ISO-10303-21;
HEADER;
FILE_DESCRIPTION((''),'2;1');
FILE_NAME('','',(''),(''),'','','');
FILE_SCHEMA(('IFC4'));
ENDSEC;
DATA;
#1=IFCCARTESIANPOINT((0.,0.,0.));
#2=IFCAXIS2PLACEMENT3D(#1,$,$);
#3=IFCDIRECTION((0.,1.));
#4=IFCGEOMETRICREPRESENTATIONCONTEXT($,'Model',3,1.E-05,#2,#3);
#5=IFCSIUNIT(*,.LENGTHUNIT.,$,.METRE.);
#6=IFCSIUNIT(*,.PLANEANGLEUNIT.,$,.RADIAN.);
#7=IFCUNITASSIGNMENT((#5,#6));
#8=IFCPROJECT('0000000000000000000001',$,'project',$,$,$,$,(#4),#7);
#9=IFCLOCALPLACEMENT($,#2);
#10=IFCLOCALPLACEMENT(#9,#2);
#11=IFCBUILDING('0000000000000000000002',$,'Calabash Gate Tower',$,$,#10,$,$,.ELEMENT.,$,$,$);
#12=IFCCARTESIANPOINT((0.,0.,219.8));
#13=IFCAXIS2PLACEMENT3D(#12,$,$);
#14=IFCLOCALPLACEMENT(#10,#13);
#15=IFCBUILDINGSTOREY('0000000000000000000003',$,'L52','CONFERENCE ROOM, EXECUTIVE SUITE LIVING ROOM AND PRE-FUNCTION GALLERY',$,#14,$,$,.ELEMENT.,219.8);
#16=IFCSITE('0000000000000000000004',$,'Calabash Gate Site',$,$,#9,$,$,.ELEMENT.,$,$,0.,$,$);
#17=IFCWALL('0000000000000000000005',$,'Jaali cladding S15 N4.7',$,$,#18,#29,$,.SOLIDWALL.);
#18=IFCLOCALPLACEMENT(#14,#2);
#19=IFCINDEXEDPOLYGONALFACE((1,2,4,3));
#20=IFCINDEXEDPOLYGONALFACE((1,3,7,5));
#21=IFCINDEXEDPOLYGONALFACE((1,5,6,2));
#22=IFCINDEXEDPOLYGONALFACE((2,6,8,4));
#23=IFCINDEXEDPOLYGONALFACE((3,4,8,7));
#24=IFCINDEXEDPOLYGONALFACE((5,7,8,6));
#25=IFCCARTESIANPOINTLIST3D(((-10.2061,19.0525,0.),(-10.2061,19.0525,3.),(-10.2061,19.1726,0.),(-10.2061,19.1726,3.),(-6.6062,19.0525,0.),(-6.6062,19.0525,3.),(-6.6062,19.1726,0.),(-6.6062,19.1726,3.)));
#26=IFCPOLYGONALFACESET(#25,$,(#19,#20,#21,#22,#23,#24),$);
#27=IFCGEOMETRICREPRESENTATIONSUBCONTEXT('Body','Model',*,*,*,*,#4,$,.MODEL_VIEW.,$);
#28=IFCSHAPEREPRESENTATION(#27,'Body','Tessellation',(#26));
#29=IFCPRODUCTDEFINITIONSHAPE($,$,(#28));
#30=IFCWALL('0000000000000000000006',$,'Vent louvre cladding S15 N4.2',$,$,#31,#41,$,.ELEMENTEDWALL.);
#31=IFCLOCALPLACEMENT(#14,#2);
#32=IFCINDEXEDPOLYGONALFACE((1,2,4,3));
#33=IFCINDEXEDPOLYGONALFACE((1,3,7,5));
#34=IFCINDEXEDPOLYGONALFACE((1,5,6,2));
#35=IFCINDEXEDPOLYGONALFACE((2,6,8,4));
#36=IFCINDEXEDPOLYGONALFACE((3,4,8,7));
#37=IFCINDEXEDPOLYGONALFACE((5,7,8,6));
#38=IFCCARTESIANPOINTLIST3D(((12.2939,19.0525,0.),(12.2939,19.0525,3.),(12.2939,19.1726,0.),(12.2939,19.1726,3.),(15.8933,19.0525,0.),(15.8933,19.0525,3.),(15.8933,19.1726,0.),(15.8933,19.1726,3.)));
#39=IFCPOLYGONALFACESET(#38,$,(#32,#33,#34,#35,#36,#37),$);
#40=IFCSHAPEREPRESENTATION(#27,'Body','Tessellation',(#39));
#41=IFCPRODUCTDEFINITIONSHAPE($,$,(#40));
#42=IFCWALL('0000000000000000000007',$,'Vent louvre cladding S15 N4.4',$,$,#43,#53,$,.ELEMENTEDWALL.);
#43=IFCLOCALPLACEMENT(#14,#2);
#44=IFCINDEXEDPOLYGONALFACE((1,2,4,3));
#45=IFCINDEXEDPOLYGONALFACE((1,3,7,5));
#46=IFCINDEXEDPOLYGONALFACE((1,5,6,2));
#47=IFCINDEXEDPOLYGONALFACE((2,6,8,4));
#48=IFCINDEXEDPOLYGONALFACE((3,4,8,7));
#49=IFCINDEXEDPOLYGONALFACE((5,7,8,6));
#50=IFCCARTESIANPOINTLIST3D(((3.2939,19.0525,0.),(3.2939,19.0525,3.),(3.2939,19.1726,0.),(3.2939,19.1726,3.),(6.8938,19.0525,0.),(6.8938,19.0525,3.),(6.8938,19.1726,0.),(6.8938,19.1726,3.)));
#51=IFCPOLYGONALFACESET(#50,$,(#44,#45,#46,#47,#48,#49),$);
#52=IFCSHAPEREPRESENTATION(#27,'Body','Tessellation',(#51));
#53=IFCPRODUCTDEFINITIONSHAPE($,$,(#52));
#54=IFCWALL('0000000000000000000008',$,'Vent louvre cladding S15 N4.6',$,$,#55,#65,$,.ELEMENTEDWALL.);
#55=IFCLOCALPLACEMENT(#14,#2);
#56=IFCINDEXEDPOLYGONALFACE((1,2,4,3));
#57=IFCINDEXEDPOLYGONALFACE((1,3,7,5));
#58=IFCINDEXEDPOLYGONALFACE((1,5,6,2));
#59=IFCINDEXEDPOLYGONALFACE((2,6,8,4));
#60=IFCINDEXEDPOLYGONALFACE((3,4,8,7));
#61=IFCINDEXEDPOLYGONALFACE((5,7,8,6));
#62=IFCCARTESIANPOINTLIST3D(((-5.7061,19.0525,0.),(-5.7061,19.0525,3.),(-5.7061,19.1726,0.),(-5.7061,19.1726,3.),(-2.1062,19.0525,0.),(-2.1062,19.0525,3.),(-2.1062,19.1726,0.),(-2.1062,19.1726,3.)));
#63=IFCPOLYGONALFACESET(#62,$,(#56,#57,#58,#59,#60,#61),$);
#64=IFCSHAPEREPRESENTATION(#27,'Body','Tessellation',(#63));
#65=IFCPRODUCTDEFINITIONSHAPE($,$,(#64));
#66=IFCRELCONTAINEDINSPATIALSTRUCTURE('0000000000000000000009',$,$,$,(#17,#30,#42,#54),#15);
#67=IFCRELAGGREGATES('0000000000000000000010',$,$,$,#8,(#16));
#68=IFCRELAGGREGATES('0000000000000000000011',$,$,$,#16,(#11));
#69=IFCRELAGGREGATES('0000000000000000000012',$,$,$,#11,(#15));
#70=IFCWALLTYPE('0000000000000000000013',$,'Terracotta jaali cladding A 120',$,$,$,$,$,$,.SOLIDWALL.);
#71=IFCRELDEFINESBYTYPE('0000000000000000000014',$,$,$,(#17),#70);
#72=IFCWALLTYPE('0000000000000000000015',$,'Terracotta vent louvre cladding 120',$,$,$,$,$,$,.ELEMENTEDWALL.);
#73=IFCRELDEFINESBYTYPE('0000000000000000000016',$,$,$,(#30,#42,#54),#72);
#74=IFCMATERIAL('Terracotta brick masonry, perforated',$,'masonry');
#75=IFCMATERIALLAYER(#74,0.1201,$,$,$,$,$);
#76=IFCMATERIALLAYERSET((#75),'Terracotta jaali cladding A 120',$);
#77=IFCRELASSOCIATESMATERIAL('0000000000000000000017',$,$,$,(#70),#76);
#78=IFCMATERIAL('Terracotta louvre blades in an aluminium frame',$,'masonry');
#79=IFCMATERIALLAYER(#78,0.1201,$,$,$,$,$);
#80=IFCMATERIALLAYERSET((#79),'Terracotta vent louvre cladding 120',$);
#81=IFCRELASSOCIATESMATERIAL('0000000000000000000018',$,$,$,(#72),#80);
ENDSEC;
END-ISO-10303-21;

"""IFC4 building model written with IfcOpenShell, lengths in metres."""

from ifc_helpers import new_model, si_unit, direction, frame, origin, place, context, subcontext, project, spatial, polyline, outline, extrude, material, layer, layer_set, type_object, element, save


model = new_model("IFC4")

# Units and contexts
model_context = context("Model", 3, precision=1e-05, world=origin(), true_north=direction((0.0, 1.0)))
body_context = subcontext(model_context, "Body", "Model", "MODEL_VIEW")
ifc_project = project(units=[si_unit("LENGTHUNIT", "METRE"), si_unit("PLANEANGLEUNIT", "RADIAN")], contexts=[model_context])

# Site, building, storey
site_placement = place(None, origin())
site = spatial("IfcSite", under=ifc_project, at=site_placement, Name="Calabash Gate Site", CompositionType="ELEMENT", RefElevation=0.0)
building_placement = place(site_placement, origin())
building = spatial("IfcBuilding", under=site, at=building_placement, Name="Calabash Gate Tower", CompositionType="ELEMENT")
storey_placement = place(building_placement, frame((0.0, 0.0, 219.8)))
storey = spatial("IfcBuildingStorey", under=building, at=storey_placement, Name="L52", Description="CONFERENCE ROOM, EXECUTIVE SUITE LIVING ROOM AND PRE-FUNCTION GALLERY", CompositionType="ELEMENT", Elevation=219.8)

# Walls
ifc_material_1 = material(Name="Terracotta brick masonry, perforated", Category="masonry")
ifc_layer_1 = layer(ifc_material_1, 0.1201)
ifc_layer_set_1 = layer_set([ifc_layer_1], Name="Terracotta jaali cladding A 120")
wall_type_1 = type_object("IfcWallType", Name="Terracotta jaali cladding A 120", PredefinedType="SOLIDWALL", material=ifc_layer_set_1)
wall_1_placement = place(storey_placement, origin())
element("IfcWall", 1, at=wall_1_placement, inside=storey, type_object=wall_type_1, Name="Jaali cladding S15 N4.7", PredefinedType="SOLIDWALL", context=body_context, shape_type="SweptSolid", body=[
    extrude(outline(polyline([(-10.2061, 19.1726), (-10.2061, 19.0525), (-6.6062, 19.0525), (-6.6062, 19.1726), (-10.2061, 19.1726)])), origin(), (0.0, 0.0, 1.0), 3.0),
])
ifc_material_2 = material(Name="Terracotta louvre blades in an aluminium frame", Category="masonry")
ifc_layer_2 = layer(ifc_material_2, 0.1201)
ifc_layer_set_2 = layer_set([ifc_layer_2], Name="Terracotta vent louvre cladding 120")
wall_type_2 = type_object("IfcWallType", Name="Terracotta vent louvre cladding 120", PredefinedType="ELEMENTEDWALL", material=ifc_layer_set_2)
wall_2_placement = place(storey_placement, origin())
element("IfcWall", 2, at=wall_2_placement, inside=storey, type_object=wall_type_2, Name="Vent louvre cladding S15 N4.2", PredefinedType="ELEMENTEDWALL", context=body_context, shape_type="SweptSolid", body=[
    extrude(outline(polyline([(12.2939, 19.1726), (12.2939, 19.0525), (15.8933, 19.0525), (15.8933, 19.1726), (12.2939, 19.1726)])), origin(), (0.0, 0.0, 1.0), 3.0),
])
wall_3_placement = place(storey_placement, origin())
element("IfcWall", 3, at=wall_3_placement, inside=storey, type_object=wall_type_2, Name="Vent louvre cladding S15 N4.4", PredefinedType="ELEMENTEDWALL", context=body_context, shape_type="SweptSolid", body=[
    extrude(outline(polyline([(3.2939, 19.1726), (3.2939, 19.0525), (6.8938, 19.0525), (6.8938, 19.1726), (3.2939, 19.1726)])), origin(), (0.0, 0.0, 1.0), 3.0),
])
wall_4_placement = place(storey_placement, origin())
element("IfcWall", 4, at=wall_4_placement, inside=storey, type_object=wall_type_2, Name="Vent louvre cladding S15 N4.6", PredefinedType="ELEMENTEDWALL", context=body_context, shape_type="SweptSolid", body=[
    extrude(outline(polyline([(-5.7061, 19.1726), (-5.7061, 19.0525), (-2.1062, 19.0525), (-2.1062, 19.1726), (-5.7061, 19.1726)])), origin(), (0.0, 0.0, 1.0), 3.0),
])

save(model, "model.ifc")
